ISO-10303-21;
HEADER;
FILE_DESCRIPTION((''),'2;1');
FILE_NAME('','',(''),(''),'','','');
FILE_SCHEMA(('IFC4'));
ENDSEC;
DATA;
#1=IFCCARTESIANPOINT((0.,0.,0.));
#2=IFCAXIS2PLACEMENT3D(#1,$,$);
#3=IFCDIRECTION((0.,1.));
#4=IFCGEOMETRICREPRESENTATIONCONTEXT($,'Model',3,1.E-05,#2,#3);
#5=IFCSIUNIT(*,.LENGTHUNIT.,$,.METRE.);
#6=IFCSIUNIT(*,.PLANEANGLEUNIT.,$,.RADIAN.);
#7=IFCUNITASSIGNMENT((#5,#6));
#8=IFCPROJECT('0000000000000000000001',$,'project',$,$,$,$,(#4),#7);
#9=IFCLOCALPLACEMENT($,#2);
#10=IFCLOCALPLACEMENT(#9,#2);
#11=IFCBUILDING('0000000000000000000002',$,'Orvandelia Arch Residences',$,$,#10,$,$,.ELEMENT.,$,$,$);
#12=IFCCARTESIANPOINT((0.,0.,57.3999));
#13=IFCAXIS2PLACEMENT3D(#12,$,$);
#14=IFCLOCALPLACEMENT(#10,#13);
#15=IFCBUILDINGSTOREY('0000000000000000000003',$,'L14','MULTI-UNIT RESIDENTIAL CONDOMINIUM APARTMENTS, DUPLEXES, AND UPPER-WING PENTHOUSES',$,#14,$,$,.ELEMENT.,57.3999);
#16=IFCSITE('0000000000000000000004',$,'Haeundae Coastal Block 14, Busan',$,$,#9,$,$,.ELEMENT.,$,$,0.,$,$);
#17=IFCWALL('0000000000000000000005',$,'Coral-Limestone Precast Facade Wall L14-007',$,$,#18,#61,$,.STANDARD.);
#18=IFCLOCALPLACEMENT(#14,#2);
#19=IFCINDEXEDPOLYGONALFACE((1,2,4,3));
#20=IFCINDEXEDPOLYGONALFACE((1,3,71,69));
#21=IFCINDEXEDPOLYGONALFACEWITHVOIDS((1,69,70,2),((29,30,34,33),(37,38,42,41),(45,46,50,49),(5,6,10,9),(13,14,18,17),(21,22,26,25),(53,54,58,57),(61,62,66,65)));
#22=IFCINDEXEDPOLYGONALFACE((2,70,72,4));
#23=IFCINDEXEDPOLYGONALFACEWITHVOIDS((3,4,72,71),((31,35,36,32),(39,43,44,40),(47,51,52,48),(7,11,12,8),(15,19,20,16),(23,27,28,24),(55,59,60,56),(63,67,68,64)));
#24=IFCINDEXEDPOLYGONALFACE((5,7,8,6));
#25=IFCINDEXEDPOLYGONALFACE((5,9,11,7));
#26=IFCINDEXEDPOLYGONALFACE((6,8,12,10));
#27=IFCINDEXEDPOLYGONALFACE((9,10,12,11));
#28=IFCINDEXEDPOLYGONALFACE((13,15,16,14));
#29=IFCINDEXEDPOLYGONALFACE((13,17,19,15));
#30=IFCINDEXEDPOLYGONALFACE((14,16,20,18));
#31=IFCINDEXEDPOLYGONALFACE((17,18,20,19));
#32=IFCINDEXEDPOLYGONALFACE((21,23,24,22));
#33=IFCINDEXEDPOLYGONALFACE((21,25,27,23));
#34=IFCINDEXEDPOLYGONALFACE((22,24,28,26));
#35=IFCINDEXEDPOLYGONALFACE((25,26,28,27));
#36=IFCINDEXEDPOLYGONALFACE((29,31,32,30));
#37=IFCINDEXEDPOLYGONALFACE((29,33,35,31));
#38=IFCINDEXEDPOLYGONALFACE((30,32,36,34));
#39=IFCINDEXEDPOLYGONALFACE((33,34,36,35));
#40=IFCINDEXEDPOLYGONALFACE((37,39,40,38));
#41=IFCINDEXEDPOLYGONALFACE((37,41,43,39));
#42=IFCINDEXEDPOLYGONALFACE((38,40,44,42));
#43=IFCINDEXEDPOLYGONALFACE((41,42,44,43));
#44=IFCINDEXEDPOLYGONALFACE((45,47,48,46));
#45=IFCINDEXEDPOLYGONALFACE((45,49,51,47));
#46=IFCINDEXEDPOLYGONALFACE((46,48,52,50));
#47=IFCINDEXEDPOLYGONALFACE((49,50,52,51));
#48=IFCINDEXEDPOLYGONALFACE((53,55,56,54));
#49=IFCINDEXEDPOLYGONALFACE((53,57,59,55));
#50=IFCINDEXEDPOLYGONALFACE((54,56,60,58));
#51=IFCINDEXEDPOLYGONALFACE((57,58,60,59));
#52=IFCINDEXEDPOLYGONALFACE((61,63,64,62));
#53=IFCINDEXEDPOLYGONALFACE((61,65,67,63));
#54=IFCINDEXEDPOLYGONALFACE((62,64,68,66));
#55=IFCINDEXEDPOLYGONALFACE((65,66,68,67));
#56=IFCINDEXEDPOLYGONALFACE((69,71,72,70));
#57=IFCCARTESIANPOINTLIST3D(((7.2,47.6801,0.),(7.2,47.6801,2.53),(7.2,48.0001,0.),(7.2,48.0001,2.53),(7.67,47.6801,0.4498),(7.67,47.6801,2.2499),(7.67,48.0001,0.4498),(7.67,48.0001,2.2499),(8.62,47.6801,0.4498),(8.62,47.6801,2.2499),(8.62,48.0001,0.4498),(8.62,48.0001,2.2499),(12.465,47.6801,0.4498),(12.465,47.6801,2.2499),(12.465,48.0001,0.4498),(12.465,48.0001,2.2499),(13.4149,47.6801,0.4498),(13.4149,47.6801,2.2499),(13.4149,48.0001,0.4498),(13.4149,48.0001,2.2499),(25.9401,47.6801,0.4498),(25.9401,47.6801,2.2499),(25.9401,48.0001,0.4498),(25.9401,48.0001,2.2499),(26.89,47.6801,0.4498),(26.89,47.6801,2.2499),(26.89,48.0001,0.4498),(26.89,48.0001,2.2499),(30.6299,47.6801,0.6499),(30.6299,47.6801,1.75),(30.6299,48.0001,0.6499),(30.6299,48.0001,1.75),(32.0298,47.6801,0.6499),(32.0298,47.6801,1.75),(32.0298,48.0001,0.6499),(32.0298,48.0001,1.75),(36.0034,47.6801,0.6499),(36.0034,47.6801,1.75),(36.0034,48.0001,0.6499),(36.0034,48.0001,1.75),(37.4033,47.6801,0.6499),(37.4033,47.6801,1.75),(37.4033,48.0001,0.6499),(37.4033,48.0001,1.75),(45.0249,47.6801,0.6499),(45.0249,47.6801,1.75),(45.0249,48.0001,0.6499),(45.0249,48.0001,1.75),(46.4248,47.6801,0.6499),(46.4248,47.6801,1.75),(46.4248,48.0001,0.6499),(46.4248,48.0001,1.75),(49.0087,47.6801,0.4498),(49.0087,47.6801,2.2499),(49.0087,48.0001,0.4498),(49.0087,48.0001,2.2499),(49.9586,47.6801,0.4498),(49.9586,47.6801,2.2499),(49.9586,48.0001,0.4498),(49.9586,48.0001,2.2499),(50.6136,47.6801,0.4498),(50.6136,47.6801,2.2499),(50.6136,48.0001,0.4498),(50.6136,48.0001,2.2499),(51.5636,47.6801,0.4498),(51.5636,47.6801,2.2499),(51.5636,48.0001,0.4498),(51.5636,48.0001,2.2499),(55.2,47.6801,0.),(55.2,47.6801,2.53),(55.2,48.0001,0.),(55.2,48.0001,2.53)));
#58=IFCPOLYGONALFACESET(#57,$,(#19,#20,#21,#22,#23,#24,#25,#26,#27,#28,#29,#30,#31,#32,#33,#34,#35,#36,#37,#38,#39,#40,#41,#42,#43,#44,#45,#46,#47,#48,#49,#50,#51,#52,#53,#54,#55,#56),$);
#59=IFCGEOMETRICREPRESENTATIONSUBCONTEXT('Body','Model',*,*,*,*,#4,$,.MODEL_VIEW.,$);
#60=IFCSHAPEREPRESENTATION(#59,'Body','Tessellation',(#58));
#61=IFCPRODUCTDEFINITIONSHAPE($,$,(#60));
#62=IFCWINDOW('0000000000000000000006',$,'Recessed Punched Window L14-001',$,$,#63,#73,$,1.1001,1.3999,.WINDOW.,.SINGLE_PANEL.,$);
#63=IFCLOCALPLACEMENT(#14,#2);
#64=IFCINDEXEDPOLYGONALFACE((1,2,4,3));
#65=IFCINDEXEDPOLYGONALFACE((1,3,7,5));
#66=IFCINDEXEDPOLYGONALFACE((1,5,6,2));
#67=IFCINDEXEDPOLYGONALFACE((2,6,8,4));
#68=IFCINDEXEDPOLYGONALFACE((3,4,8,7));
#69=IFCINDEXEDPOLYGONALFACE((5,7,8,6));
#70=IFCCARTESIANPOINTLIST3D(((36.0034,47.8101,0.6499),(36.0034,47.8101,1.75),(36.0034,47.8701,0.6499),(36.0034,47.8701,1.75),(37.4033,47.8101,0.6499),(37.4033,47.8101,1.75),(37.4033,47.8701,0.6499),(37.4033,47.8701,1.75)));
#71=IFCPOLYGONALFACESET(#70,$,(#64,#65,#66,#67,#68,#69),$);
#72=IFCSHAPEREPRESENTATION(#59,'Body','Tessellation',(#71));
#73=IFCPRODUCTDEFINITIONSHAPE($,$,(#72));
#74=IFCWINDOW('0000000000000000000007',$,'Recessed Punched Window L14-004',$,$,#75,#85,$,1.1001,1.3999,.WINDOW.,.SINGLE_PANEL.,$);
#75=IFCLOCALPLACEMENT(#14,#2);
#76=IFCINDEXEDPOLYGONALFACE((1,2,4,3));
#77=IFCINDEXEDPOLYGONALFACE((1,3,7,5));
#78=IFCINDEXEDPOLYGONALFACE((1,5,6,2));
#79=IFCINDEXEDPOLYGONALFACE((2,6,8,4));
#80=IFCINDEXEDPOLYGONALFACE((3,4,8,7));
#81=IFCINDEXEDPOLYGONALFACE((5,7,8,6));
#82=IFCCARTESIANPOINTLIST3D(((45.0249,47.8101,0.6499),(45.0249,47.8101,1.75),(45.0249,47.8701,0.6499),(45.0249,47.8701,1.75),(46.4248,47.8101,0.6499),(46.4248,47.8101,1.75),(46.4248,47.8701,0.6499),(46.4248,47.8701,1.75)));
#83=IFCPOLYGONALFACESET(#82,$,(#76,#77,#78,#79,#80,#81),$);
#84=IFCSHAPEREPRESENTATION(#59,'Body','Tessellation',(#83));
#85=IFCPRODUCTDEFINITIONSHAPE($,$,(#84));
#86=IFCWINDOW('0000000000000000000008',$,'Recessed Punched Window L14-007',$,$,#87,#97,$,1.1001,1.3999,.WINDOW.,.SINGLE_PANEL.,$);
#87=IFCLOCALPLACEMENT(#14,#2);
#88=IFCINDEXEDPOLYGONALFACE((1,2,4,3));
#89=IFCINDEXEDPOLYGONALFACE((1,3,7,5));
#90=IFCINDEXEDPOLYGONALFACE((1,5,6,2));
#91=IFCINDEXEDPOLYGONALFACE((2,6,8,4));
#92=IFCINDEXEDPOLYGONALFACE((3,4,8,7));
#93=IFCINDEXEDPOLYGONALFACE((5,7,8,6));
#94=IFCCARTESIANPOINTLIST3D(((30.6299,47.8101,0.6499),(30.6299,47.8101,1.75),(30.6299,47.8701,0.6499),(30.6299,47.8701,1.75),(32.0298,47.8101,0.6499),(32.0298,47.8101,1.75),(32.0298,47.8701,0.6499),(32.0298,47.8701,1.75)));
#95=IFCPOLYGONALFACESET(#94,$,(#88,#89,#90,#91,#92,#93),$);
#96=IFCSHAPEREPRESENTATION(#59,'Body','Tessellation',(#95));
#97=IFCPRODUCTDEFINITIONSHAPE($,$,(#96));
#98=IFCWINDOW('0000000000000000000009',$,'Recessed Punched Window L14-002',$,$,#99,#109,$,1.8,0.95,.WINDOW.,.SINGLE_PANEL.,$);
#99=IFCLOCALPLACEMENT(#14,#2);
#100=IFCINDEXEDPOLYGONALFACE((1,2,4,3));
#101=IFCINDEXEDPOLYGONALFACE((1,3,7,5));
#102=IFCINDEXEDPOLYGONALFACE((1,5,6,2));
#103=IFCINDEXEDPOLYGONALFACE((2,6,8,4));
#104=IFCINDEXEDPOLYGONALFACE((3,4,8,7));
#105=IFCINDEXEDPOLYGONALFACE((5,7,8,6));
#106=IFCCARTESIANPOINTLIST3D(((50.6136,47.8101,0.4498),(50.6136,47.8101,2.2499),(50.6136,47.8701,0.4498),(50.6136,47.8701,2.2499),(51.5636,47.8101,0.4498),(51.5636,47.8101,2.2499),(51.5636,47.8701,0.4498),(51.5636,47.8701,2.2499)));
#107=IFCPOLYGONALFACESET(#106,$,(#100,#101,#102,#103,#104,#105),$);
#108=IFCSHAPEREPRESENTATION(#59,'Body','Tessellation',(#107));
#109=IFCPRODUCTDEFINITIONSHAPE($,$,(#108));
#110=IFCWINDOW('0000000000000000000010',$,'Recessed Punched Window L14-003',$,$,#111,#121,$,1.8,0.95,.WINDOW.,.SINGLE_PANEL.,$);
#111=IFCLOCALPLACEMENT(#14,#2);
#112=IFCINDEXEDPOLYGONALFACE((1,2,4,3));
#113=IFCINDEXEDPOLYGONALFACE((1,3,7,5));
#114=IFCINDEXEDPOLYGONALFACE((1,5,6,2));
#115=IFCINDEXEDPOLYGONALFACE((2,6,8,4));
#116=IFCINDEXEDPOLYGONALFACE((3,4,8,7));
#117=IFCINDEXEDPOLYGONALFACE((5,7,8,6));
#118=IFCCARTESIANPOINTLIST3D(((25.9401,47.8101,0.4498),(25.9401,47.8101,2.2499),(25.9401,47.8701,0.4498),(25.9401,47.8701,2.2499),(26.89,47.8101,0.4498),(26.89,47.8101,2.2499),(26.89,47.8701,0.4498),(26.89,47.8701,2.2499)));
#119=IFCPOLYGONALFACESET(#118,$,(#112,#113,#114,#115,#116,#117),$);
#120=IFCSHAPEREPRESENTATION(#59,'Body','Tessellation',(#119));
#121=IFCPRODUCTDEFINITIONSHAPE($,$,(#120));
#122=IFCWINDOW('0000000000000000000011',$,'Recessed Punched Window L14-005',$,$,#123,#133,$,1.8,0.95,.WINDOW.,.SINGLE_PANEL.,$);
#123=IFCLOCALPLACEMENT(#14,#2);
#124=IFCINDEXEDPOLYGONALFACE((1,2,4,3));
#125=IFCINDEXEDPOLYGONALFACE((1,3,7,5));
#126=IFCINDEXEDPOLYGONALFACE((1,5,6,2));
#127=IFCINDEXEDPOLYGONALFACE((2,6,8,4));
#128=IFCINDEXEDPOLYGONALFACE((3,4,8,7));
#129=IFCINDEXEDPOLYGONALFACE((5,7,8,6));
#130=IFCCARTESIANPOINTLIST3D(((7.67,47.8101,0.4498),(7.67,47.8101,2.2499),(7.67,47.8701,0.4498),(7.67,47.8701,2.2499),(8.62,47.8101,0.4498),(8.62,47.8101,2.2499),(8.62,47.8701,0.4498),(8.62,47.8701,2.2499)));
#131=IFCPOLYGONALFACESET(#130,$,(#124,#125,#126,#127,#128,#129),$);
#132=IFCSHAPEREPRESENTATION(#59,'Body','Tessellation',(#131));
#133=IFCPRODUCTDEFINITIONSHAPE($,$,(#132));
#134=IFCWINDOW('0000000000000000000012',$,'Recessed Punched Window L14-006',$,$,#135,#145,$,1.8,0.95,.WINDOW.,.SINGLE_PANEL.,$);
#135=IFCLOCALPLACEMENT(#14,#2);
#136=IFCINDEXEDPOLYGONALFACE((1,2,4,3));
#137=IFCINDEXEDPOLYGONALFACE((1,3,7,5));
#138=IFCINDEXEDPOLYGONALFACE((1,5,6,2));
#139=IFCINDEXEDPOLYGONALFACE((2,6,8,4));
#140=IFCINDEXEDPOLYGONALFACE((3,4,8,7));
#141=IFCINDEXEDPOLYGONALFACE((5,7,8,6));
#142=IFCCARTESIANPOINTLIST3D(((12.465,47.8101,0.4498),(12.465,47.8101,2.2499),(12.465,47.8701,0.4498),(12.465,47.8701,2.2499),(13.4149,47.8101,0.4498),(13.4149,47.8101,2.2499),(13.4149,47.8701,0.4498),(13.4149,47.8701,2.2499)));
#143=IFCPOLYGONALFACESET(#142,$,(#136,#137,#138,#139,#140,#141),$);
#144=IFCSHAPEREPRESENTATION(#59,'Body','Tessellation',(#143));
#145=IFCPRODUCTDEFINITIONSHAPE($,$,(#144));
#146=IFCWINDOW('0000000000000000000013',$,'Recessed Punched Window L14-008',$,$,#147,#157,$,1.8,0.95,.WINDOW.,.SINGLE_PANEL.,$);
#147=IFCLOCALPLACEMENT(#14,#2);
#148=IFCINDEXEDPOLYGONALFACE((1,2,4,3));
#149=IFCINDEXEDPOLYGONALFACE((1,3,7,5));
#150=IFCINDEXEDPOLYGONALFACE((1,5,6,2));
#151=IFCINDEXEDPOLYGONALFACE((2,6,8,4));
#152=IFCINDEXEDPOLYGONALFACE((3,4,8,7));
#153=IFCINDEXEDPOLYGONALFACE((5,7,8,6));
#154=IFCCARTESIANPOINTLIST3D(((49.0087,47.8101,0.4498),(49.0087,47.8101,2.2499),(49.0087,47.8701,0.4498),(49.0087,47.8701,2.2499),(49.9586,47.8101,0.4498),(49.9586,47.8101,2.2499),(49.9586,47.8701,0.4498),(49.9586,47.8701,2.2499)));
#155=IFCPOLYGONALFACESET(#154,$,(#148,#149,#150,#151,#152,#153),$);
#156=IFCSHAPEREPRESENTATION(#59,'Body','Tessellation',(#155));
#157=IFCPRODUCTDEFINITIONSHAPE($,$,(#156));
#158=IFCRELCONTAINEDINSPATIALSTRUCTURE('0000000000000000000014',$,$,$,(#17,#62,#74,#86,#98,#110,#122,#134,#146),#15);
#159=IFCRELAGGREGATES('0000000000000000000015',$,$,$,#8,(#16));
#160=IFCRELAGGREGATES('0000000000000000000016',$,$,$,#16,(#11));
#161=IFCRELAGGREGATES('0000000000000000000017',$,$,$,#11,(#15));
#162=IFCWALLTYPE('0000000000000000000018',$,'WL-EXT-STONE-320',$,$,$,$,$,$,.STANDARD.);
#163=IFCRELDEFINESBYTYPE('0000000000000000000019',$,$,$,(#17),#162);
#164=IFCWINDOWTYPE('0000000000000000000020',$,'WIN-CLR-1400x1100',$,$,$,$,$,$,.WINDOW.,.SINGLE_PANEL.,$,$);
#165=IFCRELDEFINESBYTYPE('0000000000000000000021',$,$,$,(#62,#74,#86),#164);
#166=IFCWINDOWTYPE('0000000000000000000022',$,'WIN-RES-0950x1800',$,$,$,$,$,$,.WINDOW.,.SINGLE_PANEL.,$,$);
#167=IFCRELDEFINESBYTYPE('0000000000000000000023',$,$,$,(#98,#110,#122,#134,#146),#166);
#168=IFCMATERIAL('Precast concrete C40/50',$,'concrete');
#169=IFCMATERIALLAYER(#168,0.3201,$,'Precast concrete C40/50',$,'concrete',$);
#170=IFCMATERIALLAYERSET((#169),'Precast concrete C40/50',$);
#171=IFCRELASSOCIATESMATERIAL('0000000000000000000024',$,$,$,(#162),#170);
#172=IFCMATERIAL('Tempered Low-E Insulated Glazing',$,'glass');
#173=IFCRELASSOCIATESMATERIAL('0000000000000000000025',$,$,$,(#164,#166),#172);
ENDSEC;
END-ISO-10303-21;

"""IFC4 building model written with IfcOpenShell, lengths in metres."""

from ifc_helpers import new_model, si_unit, direction, frame, frame_2d, origin, place, context, subcontext, project, spatial, rectangle, extrude, material, layer, layer_set, type_object, element, fill, save


model = new_model("IFC4")

# Units and contexts
model_context = context("Model", 3, precision=1e-05, world=origin(), true_north=direction((0.0, 1.0)))
body_context = subcontext(model_context, "Body", "Model", "MODEL_VIEW")
ifc_project = project(units=[si_unit("LENGTHUNIT", "METRE"), si_unit("PLANEANGLEUNIT", "RADIAN")], contexts=[model_context])

# Site, building, storey
site_placement = place(None, origin())
site = spatial("IfcSite", under=ifc_project, at=site_placement, Name="Haeundae Coastal Block 14, Busan", CompositionType="ELEMENT", RefElevation=0.0)
building_placement = place(site_placement, origin())
building = spatial("IfcBuilding", under=site, at=building_placement, Name="Orvandelia Arch Residences", CompositionType="ELEMENT")
storey_placement = place(building_placement, frame((0.0, 0.0, 57.3999)))
storey = spatial("IfcBuildingStorey", under=building, at=storey_placement, Name="L14", Description="MULTI-UNIT RESIDENTIAL CONDOMINIUM APARTMENTS, DUPLEXES, AND UPPER-WING PENTHOUSES", CompositionType="ELEMENT", Elevation=57.3999)

# Shared definitions
ifc_material_1 = material(Name="Precast concrete C40/50", Category="concrete")
ifc_layer_1 = layer(ifc_material_1, 0.3201, Name="Precast concrete C40/50", Category="concrete")
ifc_layer_set_1 = layer_set([ifc_layer_1], Name="Precast concrete C40/50")
wall_type_1 = type_object("IfcWallType", Name="WL-EXT-STONE-320", PredefinedType="STANDARD", material=ifc_layer_set_1)

# Wall, openings, windows
wall_1_placement = place(storey_placement, frame((7.2, 47.8401, 0.0), z_axis=(0.0, 0.0, 1.0), x_axis=(1.0, 0.0, 0.0)))
wall_1 = element("IfcWall", 1, at=wall_1_placement, inside=storey, type_object=wall_type_1, Name="Coral-Limestone Precast Facade Wall L14-007", PredefinedType="STANDARD", context=body_context, shape_type="SweptSolid", body=[
    extrude(rectangle(XDim=48.0, YDim=0.3201, at=frame_2d((24.0, 0.0))), origin(), (0.0, 0.0, 1.0), 2.53),
])
opening_1_placement = place(wall_1_placement, frame((28.8035, 0.0, 0.6499)))
opening_1 = element("IfcOpeningElement", 2, at=opening_1_placement, cuts=wall_1, PredefinedType="OPENING", context=body_context, shape_type="SweptSolid", body=[
    extrude(rectangle(XDim=1.3999, YDim=1.1001, at=frame_2d((0.7, 0.55))), frame((0.0, 0.1699, 0.0), z_axis=(0.0, -1.0, 0.0), x_axis=(1.0, 0.0, 0.0)), (0.0, 0.0, 1.0), 0.3401),
])
opening_2_placement = place(wall_1_placement, frame((43.4136, 0.0, 0.45)))
opening_2 = element("IfcOpeningElement", 3, at=opening_2_placement, cuts=wall_1, PredefinedType="OPENING", context=body_context, shape_type="SweptSolid", body=[
    extrude(rectangle(XDim=0.95, YDim=1.8, at=frame_2d((0.4751, 0.8999))), frame((0.0, 0.1699, 0.0), z_axis=(0.0, -1.0, 0.0), x_axis=(1.0, 0.0, 0.0)), (0.0, 0.0, 1.0), 0.3401),
])
opening_3_placement = place(wall_1_placement, frame((18.74, 0.0, 0.45)))
opening_3 = element("IfcOpeningElement", 4, at=opening_3_placement, cuts=wall_1, PredefinedType="OPENING", context=body_context, shape_type="SweptSolid", body=[
    extrude(rectangle(XDim=0.95, YDim=1.8, at=frame_2d((0.4751, 0.8999))), frame((0.0, 0.1699, 0.0), z_axis=(0.0, -1.0, 0.0), x_axis=(1.0, 0.0, 0.0)), (0.0, 0.0, 1.0), 0.3401),
])
opening_4_placement = place(wall_1_placement, frame((37.825, 0.0, 0.6499)))
opening_4 = element("IfcOpeningElement", 5, at=opening_4_placement, cuts=wall_1, PredefinedType="OPENING", context=body_context, shape_type="SweptSolid", body=[
    extrude(rectangle(XDim=1.3999, YDim=1.1001, at=frame_2d((0.7, 0.55))), frame((0.0, 0.1699, 0.0), z_axis=(0.0, -1.0, 0.0), x_axis=(1.0, 0.0, 0.0)), (0.0, 0.0, 1.0), 0.3401),
])
opening_5_placement = place(wall_1_placement, frame((0.47, 0.0, 0.45)))
opening_5 = element("IfcOpeningElement", 6, at=opening_5_placement, cuts=wall_1, PredefinedType="OPENING", context=body_context, shape_type="SweptSolid", body=[
    extrude(rectangle(XDim=0.95, YDim=1.8, at=frame_2d((0.4751, 0.8999))), frame((0.0, 0.1699, 0.0), z_axis=(0.0, -1.0, 0.0), x_axis=(1.0, 0.0, 0.0)), (0.0, 0.0, 1.0), 0.3401),
])
opening_6_placement = place(wall_1_placement, frame((5.2649, 0.0, 0.45)))
opening_6 = element("IfcOpeningElement", 7, at=opening_6_placement, cuts=wall_1, PredefinedType="OPENING", context=body_context, shape_type="SweptSolid", body=[
    extrude(rectangle(XDim=0.95, YDim=1.8, at=frame_2d((0.4751, 0.8999))), frame((0.0, 0.1699, 0.0), z_axis=(0.0, -1.0, 0.0), x_axis=(1.0, 0.0, 0.0)), (0.0, 0.0, 1.0), 0.3401),
])
opening_7_placement = place(wall_1_placement, frame((23.4299, 0.0, 0.6499)))
opening_7 = element("IfcOpeningElement", 8, at=opening_7_placement, cuts=wall_1, PredefinedType="OPENING", context=body_context, shape_type="SweptSolid", body=[
    extrude(rectangle(XDim=1.3999, YDim=1.1001, at=frame_2d((0.7, 0.55))), frame((0.0, 0.1699, 0.0), z_axis=(0.0, -1.0, 0.0), x_axis=(1.0, 0.0, 0.0)), (0.0, 0.0, 1.0), 0.3401),
])
opening_8_placement = place(wall_1_placement, frame((41.8086, 0.0, 0.45)))
opening_8 = element("IfcOpeningElement", 9, at=opening_8_placement, cuts=wall_1, PredefinedType="OPENING", context=body_context, shape_type="SweptSolid", body=[
    extrude(rectangle(XDim=0.95, YDim=1.8, at=frame_2d((0.4751, 0.8999))), frame((0.0, 0.1699, 0.0), z_axis=(0.0, -1.0, 0.0), x_axis=(1.0, 0.0, 0.0)), (0.0, 0.0, 1.0), 0.3401),
])
ifc_material_2 = material(Name="Tempered Low-E Insulated Glazing", Category="glass")
window_type_1 = type_object("IfcWindowType", Name="WIN-CLR-1400x1100", PartitioningType="SINGLE_PANEL", PredefinedType="WINDOW", material=ifc_material_2)
window_1_placement = place(opening_1_placement, origin())
window_1 = element("IfcWindow", 10, at=window_1_placement, inside=storey, type_object=window_type_1, Name="Recessed Punched Window L14-001", OverallHeight=1.1001, OverallWidth=1.3999, PartitioningType="SINGLE_PANEL", PredefinedType="WINDOW", context=body_context, shape_type="SweptSolid", body=[
    extrude(rectangle(XDim=1.3999, YDim=1.1001, at=frame_2d((0.7, 0.55))), frame((0.0, 0.03, 0.0), z_axis=(0.0, -1.0, 0.0), x_axis=(1.0, 0.0, 0.0)), (0.0, 0.0, 1.0), 0.0601),
])
fill(opening_1, window_1)
window_2_placement = place(opening_4_placement, origin())
window_2 = element("IfcWindow", 11, at=window_2_placement, inside=storey, type_object=window_type_1, Name="Recessed Punched Window L14-004", OverallHeight=1.1001, OverallWidth=1.3999, PartitioningType="SINGLE_PANEL", PredefinedType="WINDOW", context=body_context, shape_type="SweptSolid", body=[
    extrude(rectangle(XDim=1.3999, YDim=1.1001, at=frame_2d((0.7, 0.55))), frame((0.0, 0.03, 0.0), z_axis=(0.0, -1.0, 0.0), x_axis=(1.0, 0.0, 0.0)), (0.0, 0.0, 1.0), 0.0601),
])
fill(opening_4, window_2)
window_3_placement = place(opening_7_placement, origin())
window_3 = element("IfcWindow", 12, at=window_3_placement, inside=storey, type_object=window_type_1, Name="Recessed Punched Window L14-007", OverallHeight=1.1001, OverallWidth=1.3999, PartitioningType="SINGLE_PANEL", PredefinedType="WINDOW", context=body_context, shape_type="SweptSolid", body=[
    extrude(rectangle(XDim=1.3999, YDim=1.1001, at=frame_2d((0.7, 0.55))), frame((0.0, 0.03, 0.0), z_axis=(0.0, -1.0, 0.0), x_axis=(1.0, 0.0, 0.0)), (0.0, 0.0, 1.0), 0.0601),
])
fill(opening_7, window_3)
window_type_2 = type_object("IfcWindowType", Name="WIN-RES-0950x1800", PartitioningType="SINGLE_PANEL", PredefinedType="WINDOW", material=ifc_material_2)
window_4_placement = place(opening_2_placement, origin())
window_4 = element("IfcWindow", 13, at=window_4_placement, inside=storey, type_object=window_type_2, Name="Recessed Punched Window L14-002", OverallHeight=1.8, OverallWidth=0.95, PartitioningType="SINGLE_PANEL", PredefinedType="WINDOW", context=body_context, shape_type="SweptSolid", body=[
    extrude(rectangle(XDim=0.95, YDim=1.8, at=frame_2d((0.4751, 0.8999))), frame((0.0, 0.03, 0.0), z_axis=(0.0, -1.0, 0.0), x_axis=(1.0, 0.0, 0.0)), (0.0, 0.0, 1.0), 0.0601),
])
fill(opening_2, window_4)
window_5_placement = place(opening_3_placement, origin())
window_5 = element("IfcWindow", 14, at=window_5_placement, inside=storey, type_object=window_type_2, Name="Recessed Punched Window L14-003", OverallHeight=1.8, OverallWidth=0.95, PartitioningType="SINGLE_PANEL", PredefinedType="WINDOW", context=body_context, shape_type="SweptSolid", body=[
    extrude(rectangle(XDim=0.95, YDim=1.8, at=frame_2d((0.4751, 0.8999))), frame((0.0, 0.03, 0.0), z_axis=(0.0, -1.0, 0.0), x_axis=(1.0, 0.0, 0.0)), (0.0, 0.0, 1.0), 0.0601),
])
fill(opening_3, window_5)
window_6_placement = place(opening_5_placement, origin())
window_6 = element("IfcWindow", 15, at=window_6_placement, inside=storey, type_object=window_type_2, Name="Recessed Punched Window L14-005", OverallHeight=1.8, OverallWidth=0.95, PartitioningType="SINGLE_PANEL", PredefinedType="WINDOW", context=body_context, shape_type="SweptSolid", body=[
    extrude(rectangle(XDim=0.95, YDim=1.8, at=frame_2d((0.4751, 0.8999))), frame((0.0, 0.03, 0.0), z_axis=(0.0, -1.0, 0.0), x_axis=(1.0, 0.0, 0.0)), (0.0, 0.0, 1.0), 0.0601),
])
fill(opening_5, window_6)
window_7_placement = place(opening_6_placement, origin())
window_7 = element("IfcWindow", 16, at=window_7_placement, inside=storey, type_object=window_type_2, Name="Recessed Punched Window L14-006", OverallHeight=1.8, OverallWidth=0.95, PartitioningType="SINGLE_PANEL", PredefinedType="WINDOW", context=body_context, shape_type="SweptSolid", body=[
    extrude(rectangle(XDim=0.95, YDim=1.8, at=frame_2d((0.4751, 0.8999))), frame((0.0, 0.03, 0.0), z_axis=(0.0, -1.0, 0.0), x_axis=(1.0, 0.0, 0.0)), (0.0, 0.0, 1.0), 0.0601),
])
fill(opening_6, window_7)
window_8_placement = place(opening_8_placement, origin())
window_8 = element("IfcWindow", 17, at=window_8_placement, inside=storey, type_object=window_type_2, Name="Recessed Punched Window L14-008", OverallHeight=1.8, OverallWidth=0.95, PartitioningType="SINGLE_PANEL", PredefinedType="WINDOW", context=body_context, shape_type="SweptSolid", body=[
    extrude(rectangle(XDim=0.95, YDim=1.8, at=frame_2d((0.4751, 0.8999))), frame((0.0, 0.03, 0.0), z_axis=(0.0, -1.0, 0.0), x_axis=(1.0, 0.0, 0.0)), (0.0, 0.0, 1.0), 0.0601),
])
fill(opening_8, window_8)

save(model, "model.ifc")
